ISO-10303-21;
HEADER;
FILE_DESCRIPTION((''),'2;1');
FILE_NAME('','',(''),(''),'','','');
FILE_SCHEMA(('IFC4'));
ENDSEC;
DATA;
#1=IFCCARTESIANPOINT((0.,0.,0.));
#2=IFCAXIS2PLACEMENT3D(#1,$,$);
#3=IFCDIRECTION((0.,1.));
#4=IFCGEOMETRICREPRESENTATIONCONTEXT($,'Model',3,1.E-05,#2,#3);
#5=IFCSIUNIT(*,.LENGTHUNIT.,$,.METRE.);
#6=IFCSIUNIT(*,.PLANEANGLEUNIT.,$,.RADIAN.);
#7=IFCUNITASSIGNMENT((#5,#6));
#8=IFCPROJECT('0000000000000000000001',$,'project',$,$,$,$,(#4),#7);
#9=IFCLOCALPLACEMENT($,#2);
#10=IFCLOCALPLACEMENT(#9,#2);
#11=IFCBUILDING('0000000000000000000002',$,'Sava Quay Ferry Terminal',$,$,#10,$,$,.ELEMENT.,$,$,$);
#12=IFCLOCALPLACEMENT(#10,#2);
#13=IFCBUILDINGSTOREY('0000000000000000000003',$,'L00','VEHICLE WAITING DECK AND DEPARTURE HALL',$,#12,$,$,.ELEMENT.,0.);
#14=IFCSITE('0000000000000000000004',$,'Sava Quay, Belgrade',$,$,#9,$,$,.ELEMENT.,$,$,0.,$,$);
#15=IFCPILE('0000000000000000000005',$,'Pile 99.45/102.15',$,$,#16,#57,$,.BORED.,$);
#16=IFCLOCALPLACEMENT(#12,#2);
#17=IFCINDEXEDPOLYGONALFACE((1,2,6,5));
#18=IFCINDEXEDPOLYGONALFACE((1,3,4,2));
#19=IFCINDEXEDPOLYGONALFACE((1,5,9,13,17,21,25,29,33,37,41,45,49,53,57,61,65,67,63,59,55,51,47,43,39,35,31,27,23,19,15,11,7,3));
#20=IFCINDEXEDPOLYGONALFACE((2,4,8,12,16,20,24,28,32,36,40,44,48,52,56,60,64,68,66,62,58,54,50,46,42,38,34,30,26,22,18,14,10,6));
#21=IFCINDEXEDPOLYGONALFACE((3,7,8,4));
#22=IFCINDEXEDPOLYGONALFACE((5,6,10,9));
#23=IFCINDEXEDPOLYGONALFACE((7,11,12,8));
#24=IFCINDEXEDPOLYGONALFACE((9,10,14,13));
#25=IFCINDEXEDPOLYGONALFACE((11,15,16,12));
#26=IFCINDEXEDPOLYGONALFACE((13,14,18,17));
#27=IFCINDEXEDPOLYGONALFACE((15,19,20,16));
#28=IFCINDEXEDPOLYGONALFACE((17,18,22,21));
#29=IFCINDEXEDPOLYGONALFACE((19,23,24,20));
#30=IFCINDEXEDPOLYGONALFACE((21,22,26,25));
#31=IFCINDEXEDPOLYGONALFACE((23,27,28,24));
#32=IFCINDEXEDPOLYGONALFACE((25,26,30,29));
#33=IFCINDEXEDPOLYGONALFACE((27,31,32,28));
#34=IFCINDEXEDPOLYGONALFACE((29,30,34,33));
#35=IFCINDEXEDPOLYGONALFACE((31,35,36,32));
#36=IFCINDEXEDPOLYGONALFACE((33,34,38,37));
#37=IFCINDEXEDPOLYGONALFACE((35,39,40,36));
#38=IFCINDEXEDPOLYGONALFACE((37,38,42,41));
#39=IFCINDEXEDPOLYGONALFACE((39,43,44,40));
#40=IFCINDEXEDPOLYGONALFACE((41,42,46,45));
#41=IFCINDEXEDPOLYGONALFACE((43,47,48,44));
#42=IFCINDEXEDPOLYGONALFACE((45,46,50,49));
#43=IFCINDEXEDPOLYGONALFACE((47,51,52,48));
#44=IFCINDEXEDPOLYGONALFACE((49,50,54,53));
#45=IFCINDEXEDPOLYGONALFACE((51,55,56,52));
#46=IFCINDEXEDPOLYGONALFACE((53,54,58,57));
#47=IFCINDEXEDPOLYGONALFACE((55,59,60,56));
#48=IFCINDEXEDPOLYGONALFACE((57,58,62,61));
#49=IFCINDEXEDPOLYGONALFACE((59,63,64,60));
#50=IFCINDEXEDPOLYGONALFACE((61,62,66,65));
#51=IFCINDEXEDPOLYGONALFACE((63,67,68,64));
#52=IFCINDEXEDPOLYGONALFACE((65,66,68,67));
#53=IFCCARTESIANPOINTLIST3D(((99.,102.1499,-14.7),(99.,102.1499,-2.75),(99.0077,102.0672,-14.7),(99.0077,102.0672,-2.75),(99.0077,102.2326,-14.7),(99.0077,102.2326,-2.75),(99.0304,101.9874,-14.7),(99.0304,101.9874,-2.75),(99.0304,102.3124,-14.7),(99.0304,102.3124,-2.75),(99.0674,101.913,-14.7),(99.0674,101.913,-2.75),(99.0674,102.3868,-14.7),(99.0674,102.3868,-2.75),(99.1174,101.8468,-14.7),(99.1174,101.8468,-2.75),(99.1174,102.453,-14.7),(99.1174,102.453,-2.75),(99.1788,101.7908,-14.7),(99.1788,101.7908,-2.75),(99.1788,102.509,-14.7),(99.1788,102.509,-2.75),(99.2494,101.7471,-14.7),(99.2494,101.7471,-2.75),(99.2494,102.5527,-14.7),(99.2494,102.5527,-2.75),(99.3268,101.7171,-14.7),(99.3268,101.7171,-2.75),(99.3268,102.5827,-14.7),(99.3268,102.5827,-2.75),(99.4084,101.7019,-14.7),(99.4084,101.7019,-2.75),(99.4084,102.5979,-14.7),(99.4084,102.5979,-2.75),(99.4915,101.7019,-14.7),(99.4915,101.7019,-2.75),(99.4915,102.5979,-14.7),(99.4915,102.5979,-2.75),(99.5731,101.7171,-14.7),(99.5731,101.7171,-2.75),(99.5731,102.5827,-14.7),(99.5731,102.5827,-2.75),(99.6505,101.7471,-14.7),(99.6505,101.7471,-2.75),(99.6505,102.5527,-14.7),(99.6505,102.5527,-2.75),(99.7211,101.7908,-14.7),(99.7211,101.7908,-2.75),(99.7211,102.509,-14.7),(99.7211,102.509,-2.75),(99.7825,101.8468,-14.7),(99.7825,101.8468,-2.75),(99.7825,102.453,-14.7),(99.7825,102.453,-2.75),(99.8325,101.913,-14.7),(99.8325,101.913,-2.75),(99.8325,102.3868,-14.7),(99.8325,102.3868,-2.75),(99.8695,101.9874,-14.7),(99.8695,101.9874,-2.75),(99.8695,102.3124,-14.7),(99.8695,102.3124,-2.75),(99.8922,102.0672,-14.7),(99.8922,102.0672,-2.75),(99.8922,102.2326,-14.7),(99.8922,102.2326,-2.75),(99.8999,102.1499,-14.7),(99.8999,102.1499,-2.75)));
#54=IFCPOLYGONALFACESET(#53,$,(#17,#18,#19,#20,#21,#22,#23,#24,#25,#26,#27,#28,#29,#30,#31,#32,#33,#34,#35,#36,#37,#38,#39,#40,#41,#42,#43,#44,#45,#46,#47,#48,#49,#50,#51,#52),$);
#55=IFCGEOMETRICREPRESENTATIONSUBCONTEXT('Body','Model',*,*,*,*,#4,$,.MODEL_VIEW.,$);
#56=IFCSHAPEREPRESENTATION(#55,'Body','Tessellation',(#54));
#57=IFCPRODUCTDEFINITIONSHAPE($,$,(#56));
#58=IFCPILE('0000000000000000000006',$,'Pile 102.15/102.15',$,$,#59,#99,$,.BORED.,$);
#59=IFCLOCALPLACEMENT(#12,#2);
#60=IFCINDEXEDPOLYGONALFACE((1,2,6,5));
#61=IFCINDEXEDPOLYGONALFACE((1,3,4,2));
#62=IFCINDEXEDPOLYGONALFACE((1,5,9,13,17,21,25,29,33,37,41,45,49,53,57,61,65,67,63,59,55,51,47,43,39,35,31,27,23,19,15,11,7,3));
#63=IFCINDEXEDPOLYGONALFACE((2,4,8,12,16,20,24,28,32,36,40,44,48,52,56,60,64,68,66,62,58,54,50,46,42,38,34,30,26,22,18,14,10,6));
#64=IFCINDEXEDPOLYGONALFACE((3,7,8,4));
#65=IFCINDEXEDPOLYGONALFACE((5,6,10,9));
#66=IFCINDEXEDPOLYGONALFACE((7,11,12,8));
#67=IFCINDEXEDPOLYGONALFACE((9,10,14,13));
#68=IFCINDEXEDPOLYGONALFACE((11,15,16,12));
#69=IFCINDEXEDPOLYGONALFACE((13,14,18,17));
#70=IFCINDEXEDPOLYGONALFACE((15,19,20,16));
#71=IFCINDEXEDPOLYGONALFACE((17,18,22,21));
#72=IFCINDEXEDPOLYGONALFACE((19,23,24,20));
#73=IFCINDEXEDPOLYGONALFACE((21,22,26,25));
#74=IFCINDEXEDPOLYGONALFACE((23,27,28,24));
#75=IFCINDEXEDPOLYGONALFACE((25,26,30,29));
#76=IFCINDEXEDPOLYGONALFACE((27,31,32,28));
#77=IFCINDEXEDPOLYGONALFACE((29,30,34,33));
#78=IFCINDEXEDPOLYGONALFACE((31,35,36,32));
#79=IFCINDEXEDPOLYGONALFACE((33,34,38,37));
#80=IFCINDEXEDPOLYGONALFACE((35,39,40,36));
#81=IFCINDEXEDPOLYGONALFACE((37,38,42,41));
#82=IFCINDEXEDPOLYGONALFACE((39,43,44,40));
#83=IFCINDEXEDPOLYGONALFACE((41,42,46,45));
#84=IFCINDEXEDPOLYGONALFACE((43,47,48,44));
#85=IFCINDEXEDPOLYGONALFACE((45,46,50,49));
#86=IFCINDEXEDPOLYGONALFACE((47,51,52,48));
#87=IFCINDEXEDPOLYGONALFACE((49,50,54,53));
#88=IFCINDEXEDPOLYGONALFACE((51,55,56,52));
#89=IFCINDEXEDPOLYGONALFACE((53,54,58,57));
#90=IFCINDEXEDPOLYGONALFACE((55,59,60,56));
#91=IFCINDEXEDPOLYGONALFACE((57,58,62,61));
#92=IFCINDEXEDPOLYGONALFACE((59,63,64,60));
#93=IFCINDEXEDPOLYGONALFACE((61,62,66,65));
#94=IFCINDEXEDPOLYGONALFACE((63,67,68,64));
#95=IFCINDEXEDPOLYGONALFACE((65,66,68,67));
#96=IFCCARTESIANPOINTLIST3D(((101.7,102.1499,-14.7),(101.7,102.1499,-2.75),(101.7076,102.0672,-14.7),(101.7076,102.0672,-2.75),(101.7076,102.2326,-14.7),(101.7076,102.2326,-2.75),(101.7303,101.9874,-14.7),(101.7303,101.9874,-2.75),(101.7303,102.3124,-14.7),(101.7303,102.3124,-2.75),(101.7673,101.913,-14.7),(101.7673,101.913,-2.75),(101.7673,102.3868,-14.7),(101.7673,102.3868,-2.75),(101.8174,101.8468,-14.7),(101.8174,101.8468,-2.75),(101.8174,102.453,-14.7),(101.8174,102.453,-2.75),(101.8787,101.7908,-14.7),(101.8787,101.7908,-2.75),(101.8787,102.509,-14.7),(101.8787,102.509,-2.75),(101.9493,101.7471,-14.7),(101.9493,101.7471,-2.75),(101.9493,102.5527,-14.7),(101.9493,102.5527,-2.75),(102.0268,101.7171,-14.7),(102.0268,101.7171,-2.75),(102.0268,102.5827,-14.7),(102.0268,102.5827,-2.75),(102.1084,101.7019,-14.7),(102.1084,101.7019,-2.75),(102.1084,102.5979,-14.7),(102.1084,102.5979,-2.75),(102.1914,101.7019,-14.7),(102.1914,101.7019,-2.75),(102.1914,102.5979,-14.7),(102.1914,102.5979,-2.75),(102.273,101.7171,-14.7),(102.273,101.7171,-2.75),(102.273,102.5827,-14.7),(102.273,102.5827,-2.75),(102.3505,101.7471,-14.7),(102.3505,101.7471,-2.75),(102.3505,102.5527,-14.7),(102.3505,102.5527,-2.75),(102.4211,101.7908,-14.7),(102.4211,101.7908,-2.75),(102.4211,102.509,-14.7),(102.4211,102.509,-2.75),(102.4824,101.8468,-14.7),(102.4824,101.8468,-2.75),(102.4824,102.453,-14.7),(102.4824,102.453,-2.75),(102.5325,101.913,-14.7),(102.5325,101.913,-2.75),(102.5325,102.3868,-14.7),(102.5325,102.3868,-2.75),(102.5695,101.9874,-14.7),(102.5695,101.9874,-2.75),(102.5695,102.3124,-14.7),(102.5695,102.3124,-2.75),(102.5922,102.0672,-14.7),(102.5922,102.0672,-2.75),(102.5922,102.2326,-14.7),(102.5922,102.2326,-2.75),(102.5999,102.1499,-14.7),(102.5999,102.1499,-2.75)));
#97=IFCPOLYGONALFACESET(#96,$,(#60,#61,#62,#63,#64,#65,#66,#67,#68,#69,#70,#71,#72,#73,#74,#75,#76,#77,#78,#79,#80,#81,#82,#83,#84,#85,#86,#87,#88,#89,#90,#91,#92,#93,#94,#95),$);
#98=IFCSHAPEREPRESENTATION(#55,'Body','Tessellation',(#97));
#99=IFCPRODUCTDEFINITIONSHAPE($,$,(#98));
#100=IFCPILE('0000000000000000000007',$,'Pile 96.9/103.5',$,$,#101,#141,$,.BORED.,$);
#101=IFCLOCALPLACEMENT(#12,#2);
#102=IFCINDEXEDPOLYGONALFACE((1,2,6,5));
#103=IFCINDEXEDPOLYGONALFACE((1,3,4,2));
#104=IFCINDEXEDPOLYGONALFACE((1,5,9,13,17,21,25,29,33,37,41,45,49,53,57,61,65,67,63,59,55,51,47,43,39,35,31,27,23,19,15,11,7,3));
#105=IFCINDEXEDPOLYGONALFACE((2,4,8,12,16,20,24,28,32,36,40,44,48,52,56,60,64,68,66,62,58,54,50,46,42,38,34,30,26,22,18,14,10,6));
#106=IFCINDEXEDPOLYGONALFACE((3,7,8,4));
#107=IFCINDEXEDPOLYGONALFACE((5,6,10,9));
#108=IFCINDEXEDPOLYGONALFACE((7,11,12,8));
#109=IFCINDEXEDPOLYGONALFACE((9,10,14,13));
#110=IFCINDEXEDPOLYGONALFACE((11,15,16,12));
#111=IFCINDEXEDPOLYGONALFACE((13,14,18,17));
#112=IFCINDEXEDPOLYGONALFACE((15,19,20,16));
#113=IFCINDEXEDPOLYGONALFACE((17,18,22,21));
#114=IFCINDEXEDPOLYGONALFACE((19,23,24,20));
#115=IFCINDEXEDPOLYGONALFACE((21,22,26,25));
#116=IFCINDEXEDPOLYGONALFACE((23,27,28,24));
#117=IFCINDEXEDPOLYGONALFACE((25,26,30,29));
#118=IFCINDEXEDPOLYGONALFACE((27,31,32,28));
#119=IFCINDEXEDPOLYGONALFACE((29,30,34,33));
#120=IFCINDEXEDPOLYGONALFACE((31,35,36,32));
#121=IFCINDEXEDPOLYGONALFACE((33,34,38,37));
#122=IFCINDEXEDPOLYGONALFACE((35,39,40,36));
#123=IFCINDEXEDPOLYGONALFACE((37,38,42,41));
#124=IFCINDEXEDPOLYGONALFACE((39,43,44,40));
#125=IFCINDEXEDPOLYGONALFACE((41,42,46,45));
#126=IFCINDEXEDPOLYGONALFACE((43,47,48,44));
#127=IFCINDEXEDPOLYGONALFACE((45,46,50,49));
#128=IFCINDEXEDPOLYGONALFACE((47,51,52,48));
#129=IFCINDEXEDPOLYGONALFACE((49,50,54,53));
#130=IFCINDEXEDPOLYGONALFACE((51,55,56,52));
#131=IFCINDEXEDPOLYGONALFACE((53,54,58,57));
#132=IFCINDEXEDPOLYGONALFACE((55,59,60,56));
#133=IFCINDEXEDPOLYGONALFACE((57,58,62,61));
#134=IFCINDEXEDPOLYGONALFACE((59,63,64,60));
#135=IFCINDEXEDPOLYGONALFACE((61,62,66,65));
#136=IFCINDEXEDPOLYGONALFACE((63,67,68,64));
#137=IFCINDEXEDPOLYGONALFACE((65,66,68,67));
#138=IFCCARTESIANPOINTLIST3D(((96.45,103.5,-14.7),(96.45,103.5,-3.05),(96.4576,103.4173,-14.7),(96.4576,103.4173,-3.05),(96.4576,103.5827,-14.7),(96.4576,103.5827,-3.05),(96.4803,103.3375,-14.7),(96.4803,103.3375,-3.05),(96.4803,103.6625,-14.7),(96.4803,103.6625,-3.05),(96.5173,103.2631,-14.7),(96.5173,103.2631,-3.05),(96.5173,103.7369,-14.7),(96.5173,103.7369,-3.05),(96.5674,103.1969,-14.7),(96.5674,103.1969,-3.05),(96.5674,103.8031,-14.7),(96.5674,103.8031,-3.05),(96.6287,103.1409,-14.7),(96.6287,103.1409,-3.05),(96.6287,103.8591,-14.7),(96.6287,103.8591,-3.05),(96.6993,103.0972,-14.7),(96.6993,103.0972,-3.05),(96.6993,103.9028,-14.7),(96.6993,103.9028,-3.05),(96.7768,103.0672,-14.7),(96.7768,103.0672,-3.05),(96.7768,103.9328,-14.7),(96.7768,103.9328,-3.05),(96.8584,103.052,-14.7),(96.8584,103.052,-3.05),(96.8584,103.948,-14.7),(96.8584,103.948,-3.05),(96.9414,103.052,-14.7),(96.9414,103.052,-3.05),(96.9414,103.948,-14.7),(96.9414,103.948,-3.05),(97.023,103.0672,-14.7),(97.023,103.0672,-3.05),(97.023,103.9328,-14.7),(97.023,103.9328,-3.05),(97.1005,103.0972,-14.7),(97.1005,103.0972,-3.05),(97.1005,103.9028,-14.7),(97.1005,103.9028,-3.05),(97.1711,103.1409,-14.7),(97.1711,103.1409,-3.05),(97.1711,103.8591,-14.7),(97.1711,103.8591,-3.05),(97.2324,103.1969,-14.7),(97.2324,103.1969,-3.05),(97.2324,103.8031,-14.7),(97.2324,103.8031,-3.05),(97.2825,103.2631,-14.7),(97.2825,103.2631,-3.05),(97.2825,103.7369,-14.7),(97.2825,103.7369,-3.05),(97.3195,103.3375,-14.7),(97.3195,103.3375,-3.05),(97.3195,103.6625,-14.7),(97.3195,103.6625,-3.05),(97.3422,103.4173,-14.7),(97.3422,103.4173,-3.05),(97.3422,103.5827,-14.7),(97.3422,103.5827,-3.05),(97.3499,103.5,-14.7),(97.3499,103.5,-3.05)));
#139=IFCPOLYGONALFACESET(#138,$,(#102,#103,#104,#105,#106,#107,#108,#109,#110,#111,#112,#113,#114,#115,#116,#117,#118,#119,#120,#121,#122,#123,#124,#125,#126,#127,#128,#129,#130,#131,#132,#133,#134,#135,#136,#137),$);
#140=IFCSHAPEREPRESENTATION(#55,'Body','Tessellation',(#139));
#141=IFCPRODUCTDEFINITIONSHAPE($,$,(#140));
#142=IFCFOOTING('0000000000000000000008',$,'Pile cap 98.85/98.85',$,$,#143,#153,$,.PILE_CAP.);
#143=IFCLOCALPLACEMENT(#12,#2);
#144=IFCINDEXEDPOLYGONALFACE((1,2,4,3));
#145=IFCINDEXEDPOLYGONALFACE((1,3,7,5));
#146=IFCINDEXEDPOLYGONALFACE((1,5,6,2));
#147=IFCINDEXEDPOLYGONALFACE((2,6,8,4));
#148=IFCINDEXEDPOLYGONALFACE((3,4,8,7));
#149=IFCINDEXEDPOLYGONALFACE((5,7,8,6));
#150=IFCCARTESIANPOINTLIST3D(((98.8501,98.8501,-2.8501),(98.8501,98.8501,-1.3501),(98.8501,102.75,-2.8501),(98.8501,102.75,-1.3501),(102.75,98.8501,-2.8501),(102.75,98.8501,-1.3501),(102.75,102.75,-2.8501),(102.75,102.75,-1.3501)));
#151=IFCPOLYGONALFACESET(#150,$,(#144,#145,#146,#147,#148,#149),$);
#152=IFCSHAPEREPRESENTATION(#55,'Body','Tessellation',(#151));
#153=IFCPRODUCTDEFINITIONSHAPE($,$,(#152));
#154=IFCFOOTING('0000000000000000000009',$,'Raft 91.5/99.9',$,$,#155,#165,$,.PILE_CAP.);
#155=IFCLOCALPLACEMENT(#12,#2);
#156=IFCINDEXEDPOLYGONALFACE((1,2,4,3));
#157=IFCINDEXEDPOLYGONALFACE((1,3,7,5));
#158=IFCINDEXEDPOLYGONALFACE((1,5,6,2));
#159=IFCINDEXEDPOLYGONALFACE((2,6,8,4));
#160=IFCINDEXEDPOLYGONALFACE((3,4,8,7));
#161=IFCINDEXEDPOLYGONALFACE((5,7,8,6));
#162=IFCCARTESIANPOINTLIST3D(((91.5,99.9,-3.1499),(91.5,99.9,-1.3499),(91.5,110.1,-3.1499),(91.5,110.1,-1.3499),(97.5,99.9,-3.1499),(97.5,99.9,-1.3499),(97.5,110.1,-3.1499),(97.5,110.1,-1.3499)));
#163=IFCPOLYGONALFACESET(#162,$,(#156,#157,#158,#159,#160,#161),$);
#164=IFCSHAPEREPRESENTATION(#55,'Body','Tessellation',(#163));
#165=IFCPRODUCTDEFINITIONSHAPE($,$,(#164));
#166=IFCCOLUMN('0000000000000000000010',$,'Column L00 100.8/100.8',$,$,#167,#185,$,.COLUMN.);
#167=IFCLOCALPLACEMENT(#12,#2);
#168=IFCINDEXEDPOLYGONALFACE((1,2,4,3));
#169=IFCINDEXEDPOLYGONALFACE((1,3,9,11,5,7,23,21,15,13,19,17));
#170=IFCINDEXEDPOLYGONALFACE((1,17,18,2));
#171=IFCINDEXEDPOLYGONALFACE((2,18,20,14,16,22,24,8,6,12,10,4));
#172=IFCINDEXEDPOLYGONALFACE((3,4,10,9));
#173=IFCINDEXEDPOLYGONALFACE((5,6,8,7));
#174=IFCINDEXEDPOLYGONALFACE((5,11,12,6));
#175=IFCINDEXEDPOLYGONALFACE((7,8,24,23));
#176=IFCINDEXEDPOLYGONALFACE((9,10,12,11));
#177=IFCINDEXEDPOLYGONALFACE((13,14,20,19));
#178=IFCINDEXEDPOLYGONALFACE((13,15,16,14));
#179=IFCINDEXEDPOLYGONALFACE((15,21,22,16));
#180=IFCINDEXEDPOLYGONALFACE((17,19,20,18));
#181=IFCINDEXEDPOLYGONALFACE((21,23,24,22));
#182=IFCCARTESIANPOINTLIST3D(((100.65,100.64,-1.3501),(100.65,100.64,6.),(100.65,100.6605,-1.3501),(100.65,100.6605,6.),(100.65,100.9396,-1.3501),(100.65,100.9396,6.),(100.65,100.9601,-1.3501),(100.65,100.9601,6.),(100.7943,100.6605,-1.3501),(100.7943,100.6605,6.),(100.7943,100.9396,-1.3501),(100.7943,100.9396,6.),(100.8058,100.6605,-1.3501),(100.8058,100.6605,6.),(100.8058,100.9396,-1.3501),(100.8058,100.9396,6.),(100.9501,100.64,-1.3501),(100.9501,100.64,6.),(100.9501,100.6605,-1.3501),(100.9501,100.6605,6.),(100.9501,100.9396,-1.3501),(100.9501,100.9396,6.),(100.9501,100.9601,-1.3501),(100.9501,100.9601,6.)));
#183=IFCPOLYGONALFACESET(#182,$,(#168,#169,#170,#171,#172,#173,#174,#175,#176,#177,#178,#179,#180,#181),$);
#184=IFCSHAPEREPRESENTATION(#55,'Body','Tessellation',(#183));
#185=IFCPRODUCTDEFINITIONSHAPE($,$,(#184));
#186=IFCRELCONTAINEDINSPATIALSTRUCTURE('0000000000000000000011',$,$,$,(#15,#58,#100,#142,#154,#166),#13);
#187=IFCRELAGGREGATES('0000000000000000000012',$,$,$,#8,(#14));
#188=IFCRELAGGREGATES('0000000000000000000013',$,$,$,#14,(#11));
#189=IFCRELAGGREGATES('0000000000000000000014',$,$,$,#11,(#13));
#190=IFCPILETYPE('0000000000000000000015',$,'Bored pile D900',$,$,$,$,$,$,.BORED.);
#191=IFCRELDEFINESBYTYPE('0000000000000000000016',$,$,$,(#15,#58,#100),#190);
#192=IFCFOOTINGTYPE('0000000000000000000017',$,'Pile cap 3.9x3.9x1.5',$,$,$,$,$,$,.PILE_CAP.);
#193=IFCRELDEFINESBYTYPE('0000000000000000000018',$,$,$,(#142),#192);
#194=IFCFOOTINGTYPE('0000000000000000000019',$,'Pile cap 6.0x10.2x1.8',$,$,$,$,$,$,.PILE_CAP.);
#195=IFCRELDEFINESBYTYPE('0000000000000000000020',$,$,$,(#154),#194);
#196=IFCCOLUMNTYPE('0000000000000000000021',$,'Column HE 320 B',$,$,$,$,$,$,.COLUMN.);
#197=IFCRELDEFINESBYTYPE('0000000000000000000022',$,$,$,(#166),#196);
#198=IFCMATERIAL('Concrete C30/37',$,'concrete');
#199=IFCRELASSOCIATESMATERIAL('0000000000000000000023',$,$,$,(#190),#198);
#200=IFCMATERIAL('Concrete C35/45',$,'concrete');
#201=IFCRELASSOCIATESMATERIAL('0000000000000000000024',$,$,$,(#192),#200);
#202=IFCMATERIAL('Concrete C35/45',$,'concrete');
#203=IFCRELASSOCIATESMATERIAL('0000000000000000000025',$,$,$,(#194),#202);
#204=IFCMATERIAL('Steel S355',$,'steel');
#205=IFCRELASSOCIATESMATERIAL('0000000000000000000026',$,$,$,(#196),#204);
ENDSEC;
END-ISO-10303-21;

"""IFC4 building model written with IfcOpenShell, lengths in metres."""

from ifc_helpers import new_model, si_unit, direction, frame, origin, origin_2d, place, context, subcontext, project, spatial, rectangle, circle, i_section, extrude, material, material_profile, profile_set, type_object, element, save


model = new_model("IFC4")

# Units and contexts
model_context = context("Model", 3, precision=1e-05, world=origin(), true_north=direction((0.0, 1.0)))
body_context = subcontext(model_context, "Body", "Model", "MODEL_VIEW")
ifc_project = project(units=[si_unit("LENGTHUNIT", "METRE"), si_unit("PLANEANGLEUNIT", "RADIAN")], contexts=[model_context])

# Site, building, storey
site_placement = place(None, origin())
site = spatial("IfcSite", under=ifc_project, at=site_placement, Name="Sava Quay, Belgrade", CompositionType="ELEMENT", RefElevation=0.0)
building_placement = place(site_placement, origin())
building = spatial("IfcBuilding", under=site, at=building_placement, Name="Sava Quay Ferry Terminal", CompositionType="ELEMENT")
storey_placement = place(building_placement, origin())
storey = spatial("IfcBuildingStorey", under=building, at=storey_placement, Name="L00", Description="VEHICLE WAITING DECK AND DEPARTURE HALL", CompositionType="ELEMENT", Elevation=0.0)

# Piles
ifc_material_1 = material(Name="Concrete C30/37", Category="concrete")
ifc_material_profile_1 = material_profile(ifc_material_1, circle(Radius=0.45, at=origin_2d()), Name="Bored pile D900")
ifc_profile_set_1 = profile_set([ifc_material_profile_1], Name="Concrete C30/37")
pile_type = type_object("IfcPileType", Name="Bored pile D900", PredefinedType="BORED", material=ifc_profile_set_1)
for number, where, z_axis, x_axis, name in (
    (1, (99.45, 102.1499, -2.75), (0.0, 0.0, -1.0), (1.0, 0.0, 0.0), "Pile 99.45/102.15"),
    (2, (102.1499, 102.1499, -2.75), (0.0, 0.0, -1.0), (1.0, 0.0, 0.0), "Pile 102.15/102.15"),
):
    element("IfcPile", number, at=place(storey_placement, frame(where, z_axis=z_axis, x_axis=x_axis)), inside=storey, type_object=pile_type, Name=name, PredefinedType="BORED", context=body_context, shape_type="SweptSolid", body=[
        extrude(circle(Radius=0.45, at=origin_2d()), origin(), (0.0, 0.0, 1.0), 11.95),
    ])
pile_placement = place(storey_placement, frame((96.8999, 103.5, -3.05), z_axis=(0.0, 0.0, -1.0), x_axis=(1.0, 0.0, 0.0)))
element("IfcPile", 3, at=pile_placement, inside=storey, type_object=pile_type, Name="Pile 96.9/103.5", PredefinedType="BORED", context=body_context, shape_type="SweptSolid", body=[
    extrude(circle(Radius=0.45, at=origin_2d()), origin(), (0.0, 0.0, 1.0), 11.6499),
])

# Footings
ifc_material_2 = material(Name="Concrete C35/45", Category="concrete")
footing_type_1 = type_object("IfcFootingType", Name="Pile cap 3.9x3.9x1.5", PredefinedType="PILE_CAP", material=ifc_material_2)
footing_1_placement = place(storey_placement, frame((100.8, 100.8, -2.8501), z_axis=(0.0, 0.0, 1.0), x_axis=(1.0, 0.0, 0.0)))
element("IfcFooting", 4, at=footing_1_placement, inside=storey, type_object=footing_type_1, Name="Pile cap 98.85/98.85", PredefinedType="PILE_CAP", context=body_context, shape_type="SweptSolid", body=[
    extrude(rectangle(XDim=3.8999, YDim=3.8999, at=origin_2d()), origin(), (0.0, 0.0, 1.0), 1.5),
])
ifc_material_3 = material(Name="Concrete C35/45", Category="concrete")
footing_type_2 = type_object("IfcFootingType", Name="Pile cap 6.0x10.2x1.8", PredefinedType="PILE_CAP", material=ifc_material_3)
footing_2_placement = place(storey_placement, frame((94.5, 105.0, -3.1499), z_axis=(0.0, 0.0, 1.0), x_axis=(1.0, 0.0, 0.0)))
element("IfcFooting", 5, at=footing_2_placement, inside=storey, type_object=footing_type_2, Name="Raft 91.5/99.9", PredefinedType="PILE_CAP", context=body_context, shape_type="SweptSolid", body=[
    extrude(rectangle(XDim=6.0, YDim=10.2, at=origin_2d()), origin(), (0.0, 0.0, 1.0), 1.8),
])

# Column
ifc_material_4 = material(Name="Steel S355", Category="steel")
ifc_material_profile_2 = material_profile(ifc_material_4, i_section(OverallWidth=0.3, OverallDepth=0.3201, WebThickness=0.0115, FlangeThickness=0.0205, at=origin_2d()), Name="HE 320 B")
ifc_profile_set_2 = profile_set([ifc_material_profile_2], Name="Steel S355")
column_type = type_object("IfcColumnType", Name="Column HE 320 B", PredefinedType="COLUMN", material=ifc_profile_set_2)
column_placement = place(storey_placement, frame((100.8, 100.8, -1.3501), z_axis=(0.0, 0.0, 1.0), x_axis=(1.0, 0.0, 0.0)))
element("IfcColumn", 6, at=column_placement, inside=storey, type_object=column_type, Name="Column L00 100.8/100.8", PredefinedType="COLUMN", context=body_context, shape_type="SweptSolid", body=[
    extrude(i_section(OverallWidth=0.3, OverallDepth=0.3201, WebThickness=0.0115, FlangeThickness=0.0205, at=origin_2d()), origin(), (0.0, 0.0, 1.0), 7.3501),
])

save(model, "model.ifc")
